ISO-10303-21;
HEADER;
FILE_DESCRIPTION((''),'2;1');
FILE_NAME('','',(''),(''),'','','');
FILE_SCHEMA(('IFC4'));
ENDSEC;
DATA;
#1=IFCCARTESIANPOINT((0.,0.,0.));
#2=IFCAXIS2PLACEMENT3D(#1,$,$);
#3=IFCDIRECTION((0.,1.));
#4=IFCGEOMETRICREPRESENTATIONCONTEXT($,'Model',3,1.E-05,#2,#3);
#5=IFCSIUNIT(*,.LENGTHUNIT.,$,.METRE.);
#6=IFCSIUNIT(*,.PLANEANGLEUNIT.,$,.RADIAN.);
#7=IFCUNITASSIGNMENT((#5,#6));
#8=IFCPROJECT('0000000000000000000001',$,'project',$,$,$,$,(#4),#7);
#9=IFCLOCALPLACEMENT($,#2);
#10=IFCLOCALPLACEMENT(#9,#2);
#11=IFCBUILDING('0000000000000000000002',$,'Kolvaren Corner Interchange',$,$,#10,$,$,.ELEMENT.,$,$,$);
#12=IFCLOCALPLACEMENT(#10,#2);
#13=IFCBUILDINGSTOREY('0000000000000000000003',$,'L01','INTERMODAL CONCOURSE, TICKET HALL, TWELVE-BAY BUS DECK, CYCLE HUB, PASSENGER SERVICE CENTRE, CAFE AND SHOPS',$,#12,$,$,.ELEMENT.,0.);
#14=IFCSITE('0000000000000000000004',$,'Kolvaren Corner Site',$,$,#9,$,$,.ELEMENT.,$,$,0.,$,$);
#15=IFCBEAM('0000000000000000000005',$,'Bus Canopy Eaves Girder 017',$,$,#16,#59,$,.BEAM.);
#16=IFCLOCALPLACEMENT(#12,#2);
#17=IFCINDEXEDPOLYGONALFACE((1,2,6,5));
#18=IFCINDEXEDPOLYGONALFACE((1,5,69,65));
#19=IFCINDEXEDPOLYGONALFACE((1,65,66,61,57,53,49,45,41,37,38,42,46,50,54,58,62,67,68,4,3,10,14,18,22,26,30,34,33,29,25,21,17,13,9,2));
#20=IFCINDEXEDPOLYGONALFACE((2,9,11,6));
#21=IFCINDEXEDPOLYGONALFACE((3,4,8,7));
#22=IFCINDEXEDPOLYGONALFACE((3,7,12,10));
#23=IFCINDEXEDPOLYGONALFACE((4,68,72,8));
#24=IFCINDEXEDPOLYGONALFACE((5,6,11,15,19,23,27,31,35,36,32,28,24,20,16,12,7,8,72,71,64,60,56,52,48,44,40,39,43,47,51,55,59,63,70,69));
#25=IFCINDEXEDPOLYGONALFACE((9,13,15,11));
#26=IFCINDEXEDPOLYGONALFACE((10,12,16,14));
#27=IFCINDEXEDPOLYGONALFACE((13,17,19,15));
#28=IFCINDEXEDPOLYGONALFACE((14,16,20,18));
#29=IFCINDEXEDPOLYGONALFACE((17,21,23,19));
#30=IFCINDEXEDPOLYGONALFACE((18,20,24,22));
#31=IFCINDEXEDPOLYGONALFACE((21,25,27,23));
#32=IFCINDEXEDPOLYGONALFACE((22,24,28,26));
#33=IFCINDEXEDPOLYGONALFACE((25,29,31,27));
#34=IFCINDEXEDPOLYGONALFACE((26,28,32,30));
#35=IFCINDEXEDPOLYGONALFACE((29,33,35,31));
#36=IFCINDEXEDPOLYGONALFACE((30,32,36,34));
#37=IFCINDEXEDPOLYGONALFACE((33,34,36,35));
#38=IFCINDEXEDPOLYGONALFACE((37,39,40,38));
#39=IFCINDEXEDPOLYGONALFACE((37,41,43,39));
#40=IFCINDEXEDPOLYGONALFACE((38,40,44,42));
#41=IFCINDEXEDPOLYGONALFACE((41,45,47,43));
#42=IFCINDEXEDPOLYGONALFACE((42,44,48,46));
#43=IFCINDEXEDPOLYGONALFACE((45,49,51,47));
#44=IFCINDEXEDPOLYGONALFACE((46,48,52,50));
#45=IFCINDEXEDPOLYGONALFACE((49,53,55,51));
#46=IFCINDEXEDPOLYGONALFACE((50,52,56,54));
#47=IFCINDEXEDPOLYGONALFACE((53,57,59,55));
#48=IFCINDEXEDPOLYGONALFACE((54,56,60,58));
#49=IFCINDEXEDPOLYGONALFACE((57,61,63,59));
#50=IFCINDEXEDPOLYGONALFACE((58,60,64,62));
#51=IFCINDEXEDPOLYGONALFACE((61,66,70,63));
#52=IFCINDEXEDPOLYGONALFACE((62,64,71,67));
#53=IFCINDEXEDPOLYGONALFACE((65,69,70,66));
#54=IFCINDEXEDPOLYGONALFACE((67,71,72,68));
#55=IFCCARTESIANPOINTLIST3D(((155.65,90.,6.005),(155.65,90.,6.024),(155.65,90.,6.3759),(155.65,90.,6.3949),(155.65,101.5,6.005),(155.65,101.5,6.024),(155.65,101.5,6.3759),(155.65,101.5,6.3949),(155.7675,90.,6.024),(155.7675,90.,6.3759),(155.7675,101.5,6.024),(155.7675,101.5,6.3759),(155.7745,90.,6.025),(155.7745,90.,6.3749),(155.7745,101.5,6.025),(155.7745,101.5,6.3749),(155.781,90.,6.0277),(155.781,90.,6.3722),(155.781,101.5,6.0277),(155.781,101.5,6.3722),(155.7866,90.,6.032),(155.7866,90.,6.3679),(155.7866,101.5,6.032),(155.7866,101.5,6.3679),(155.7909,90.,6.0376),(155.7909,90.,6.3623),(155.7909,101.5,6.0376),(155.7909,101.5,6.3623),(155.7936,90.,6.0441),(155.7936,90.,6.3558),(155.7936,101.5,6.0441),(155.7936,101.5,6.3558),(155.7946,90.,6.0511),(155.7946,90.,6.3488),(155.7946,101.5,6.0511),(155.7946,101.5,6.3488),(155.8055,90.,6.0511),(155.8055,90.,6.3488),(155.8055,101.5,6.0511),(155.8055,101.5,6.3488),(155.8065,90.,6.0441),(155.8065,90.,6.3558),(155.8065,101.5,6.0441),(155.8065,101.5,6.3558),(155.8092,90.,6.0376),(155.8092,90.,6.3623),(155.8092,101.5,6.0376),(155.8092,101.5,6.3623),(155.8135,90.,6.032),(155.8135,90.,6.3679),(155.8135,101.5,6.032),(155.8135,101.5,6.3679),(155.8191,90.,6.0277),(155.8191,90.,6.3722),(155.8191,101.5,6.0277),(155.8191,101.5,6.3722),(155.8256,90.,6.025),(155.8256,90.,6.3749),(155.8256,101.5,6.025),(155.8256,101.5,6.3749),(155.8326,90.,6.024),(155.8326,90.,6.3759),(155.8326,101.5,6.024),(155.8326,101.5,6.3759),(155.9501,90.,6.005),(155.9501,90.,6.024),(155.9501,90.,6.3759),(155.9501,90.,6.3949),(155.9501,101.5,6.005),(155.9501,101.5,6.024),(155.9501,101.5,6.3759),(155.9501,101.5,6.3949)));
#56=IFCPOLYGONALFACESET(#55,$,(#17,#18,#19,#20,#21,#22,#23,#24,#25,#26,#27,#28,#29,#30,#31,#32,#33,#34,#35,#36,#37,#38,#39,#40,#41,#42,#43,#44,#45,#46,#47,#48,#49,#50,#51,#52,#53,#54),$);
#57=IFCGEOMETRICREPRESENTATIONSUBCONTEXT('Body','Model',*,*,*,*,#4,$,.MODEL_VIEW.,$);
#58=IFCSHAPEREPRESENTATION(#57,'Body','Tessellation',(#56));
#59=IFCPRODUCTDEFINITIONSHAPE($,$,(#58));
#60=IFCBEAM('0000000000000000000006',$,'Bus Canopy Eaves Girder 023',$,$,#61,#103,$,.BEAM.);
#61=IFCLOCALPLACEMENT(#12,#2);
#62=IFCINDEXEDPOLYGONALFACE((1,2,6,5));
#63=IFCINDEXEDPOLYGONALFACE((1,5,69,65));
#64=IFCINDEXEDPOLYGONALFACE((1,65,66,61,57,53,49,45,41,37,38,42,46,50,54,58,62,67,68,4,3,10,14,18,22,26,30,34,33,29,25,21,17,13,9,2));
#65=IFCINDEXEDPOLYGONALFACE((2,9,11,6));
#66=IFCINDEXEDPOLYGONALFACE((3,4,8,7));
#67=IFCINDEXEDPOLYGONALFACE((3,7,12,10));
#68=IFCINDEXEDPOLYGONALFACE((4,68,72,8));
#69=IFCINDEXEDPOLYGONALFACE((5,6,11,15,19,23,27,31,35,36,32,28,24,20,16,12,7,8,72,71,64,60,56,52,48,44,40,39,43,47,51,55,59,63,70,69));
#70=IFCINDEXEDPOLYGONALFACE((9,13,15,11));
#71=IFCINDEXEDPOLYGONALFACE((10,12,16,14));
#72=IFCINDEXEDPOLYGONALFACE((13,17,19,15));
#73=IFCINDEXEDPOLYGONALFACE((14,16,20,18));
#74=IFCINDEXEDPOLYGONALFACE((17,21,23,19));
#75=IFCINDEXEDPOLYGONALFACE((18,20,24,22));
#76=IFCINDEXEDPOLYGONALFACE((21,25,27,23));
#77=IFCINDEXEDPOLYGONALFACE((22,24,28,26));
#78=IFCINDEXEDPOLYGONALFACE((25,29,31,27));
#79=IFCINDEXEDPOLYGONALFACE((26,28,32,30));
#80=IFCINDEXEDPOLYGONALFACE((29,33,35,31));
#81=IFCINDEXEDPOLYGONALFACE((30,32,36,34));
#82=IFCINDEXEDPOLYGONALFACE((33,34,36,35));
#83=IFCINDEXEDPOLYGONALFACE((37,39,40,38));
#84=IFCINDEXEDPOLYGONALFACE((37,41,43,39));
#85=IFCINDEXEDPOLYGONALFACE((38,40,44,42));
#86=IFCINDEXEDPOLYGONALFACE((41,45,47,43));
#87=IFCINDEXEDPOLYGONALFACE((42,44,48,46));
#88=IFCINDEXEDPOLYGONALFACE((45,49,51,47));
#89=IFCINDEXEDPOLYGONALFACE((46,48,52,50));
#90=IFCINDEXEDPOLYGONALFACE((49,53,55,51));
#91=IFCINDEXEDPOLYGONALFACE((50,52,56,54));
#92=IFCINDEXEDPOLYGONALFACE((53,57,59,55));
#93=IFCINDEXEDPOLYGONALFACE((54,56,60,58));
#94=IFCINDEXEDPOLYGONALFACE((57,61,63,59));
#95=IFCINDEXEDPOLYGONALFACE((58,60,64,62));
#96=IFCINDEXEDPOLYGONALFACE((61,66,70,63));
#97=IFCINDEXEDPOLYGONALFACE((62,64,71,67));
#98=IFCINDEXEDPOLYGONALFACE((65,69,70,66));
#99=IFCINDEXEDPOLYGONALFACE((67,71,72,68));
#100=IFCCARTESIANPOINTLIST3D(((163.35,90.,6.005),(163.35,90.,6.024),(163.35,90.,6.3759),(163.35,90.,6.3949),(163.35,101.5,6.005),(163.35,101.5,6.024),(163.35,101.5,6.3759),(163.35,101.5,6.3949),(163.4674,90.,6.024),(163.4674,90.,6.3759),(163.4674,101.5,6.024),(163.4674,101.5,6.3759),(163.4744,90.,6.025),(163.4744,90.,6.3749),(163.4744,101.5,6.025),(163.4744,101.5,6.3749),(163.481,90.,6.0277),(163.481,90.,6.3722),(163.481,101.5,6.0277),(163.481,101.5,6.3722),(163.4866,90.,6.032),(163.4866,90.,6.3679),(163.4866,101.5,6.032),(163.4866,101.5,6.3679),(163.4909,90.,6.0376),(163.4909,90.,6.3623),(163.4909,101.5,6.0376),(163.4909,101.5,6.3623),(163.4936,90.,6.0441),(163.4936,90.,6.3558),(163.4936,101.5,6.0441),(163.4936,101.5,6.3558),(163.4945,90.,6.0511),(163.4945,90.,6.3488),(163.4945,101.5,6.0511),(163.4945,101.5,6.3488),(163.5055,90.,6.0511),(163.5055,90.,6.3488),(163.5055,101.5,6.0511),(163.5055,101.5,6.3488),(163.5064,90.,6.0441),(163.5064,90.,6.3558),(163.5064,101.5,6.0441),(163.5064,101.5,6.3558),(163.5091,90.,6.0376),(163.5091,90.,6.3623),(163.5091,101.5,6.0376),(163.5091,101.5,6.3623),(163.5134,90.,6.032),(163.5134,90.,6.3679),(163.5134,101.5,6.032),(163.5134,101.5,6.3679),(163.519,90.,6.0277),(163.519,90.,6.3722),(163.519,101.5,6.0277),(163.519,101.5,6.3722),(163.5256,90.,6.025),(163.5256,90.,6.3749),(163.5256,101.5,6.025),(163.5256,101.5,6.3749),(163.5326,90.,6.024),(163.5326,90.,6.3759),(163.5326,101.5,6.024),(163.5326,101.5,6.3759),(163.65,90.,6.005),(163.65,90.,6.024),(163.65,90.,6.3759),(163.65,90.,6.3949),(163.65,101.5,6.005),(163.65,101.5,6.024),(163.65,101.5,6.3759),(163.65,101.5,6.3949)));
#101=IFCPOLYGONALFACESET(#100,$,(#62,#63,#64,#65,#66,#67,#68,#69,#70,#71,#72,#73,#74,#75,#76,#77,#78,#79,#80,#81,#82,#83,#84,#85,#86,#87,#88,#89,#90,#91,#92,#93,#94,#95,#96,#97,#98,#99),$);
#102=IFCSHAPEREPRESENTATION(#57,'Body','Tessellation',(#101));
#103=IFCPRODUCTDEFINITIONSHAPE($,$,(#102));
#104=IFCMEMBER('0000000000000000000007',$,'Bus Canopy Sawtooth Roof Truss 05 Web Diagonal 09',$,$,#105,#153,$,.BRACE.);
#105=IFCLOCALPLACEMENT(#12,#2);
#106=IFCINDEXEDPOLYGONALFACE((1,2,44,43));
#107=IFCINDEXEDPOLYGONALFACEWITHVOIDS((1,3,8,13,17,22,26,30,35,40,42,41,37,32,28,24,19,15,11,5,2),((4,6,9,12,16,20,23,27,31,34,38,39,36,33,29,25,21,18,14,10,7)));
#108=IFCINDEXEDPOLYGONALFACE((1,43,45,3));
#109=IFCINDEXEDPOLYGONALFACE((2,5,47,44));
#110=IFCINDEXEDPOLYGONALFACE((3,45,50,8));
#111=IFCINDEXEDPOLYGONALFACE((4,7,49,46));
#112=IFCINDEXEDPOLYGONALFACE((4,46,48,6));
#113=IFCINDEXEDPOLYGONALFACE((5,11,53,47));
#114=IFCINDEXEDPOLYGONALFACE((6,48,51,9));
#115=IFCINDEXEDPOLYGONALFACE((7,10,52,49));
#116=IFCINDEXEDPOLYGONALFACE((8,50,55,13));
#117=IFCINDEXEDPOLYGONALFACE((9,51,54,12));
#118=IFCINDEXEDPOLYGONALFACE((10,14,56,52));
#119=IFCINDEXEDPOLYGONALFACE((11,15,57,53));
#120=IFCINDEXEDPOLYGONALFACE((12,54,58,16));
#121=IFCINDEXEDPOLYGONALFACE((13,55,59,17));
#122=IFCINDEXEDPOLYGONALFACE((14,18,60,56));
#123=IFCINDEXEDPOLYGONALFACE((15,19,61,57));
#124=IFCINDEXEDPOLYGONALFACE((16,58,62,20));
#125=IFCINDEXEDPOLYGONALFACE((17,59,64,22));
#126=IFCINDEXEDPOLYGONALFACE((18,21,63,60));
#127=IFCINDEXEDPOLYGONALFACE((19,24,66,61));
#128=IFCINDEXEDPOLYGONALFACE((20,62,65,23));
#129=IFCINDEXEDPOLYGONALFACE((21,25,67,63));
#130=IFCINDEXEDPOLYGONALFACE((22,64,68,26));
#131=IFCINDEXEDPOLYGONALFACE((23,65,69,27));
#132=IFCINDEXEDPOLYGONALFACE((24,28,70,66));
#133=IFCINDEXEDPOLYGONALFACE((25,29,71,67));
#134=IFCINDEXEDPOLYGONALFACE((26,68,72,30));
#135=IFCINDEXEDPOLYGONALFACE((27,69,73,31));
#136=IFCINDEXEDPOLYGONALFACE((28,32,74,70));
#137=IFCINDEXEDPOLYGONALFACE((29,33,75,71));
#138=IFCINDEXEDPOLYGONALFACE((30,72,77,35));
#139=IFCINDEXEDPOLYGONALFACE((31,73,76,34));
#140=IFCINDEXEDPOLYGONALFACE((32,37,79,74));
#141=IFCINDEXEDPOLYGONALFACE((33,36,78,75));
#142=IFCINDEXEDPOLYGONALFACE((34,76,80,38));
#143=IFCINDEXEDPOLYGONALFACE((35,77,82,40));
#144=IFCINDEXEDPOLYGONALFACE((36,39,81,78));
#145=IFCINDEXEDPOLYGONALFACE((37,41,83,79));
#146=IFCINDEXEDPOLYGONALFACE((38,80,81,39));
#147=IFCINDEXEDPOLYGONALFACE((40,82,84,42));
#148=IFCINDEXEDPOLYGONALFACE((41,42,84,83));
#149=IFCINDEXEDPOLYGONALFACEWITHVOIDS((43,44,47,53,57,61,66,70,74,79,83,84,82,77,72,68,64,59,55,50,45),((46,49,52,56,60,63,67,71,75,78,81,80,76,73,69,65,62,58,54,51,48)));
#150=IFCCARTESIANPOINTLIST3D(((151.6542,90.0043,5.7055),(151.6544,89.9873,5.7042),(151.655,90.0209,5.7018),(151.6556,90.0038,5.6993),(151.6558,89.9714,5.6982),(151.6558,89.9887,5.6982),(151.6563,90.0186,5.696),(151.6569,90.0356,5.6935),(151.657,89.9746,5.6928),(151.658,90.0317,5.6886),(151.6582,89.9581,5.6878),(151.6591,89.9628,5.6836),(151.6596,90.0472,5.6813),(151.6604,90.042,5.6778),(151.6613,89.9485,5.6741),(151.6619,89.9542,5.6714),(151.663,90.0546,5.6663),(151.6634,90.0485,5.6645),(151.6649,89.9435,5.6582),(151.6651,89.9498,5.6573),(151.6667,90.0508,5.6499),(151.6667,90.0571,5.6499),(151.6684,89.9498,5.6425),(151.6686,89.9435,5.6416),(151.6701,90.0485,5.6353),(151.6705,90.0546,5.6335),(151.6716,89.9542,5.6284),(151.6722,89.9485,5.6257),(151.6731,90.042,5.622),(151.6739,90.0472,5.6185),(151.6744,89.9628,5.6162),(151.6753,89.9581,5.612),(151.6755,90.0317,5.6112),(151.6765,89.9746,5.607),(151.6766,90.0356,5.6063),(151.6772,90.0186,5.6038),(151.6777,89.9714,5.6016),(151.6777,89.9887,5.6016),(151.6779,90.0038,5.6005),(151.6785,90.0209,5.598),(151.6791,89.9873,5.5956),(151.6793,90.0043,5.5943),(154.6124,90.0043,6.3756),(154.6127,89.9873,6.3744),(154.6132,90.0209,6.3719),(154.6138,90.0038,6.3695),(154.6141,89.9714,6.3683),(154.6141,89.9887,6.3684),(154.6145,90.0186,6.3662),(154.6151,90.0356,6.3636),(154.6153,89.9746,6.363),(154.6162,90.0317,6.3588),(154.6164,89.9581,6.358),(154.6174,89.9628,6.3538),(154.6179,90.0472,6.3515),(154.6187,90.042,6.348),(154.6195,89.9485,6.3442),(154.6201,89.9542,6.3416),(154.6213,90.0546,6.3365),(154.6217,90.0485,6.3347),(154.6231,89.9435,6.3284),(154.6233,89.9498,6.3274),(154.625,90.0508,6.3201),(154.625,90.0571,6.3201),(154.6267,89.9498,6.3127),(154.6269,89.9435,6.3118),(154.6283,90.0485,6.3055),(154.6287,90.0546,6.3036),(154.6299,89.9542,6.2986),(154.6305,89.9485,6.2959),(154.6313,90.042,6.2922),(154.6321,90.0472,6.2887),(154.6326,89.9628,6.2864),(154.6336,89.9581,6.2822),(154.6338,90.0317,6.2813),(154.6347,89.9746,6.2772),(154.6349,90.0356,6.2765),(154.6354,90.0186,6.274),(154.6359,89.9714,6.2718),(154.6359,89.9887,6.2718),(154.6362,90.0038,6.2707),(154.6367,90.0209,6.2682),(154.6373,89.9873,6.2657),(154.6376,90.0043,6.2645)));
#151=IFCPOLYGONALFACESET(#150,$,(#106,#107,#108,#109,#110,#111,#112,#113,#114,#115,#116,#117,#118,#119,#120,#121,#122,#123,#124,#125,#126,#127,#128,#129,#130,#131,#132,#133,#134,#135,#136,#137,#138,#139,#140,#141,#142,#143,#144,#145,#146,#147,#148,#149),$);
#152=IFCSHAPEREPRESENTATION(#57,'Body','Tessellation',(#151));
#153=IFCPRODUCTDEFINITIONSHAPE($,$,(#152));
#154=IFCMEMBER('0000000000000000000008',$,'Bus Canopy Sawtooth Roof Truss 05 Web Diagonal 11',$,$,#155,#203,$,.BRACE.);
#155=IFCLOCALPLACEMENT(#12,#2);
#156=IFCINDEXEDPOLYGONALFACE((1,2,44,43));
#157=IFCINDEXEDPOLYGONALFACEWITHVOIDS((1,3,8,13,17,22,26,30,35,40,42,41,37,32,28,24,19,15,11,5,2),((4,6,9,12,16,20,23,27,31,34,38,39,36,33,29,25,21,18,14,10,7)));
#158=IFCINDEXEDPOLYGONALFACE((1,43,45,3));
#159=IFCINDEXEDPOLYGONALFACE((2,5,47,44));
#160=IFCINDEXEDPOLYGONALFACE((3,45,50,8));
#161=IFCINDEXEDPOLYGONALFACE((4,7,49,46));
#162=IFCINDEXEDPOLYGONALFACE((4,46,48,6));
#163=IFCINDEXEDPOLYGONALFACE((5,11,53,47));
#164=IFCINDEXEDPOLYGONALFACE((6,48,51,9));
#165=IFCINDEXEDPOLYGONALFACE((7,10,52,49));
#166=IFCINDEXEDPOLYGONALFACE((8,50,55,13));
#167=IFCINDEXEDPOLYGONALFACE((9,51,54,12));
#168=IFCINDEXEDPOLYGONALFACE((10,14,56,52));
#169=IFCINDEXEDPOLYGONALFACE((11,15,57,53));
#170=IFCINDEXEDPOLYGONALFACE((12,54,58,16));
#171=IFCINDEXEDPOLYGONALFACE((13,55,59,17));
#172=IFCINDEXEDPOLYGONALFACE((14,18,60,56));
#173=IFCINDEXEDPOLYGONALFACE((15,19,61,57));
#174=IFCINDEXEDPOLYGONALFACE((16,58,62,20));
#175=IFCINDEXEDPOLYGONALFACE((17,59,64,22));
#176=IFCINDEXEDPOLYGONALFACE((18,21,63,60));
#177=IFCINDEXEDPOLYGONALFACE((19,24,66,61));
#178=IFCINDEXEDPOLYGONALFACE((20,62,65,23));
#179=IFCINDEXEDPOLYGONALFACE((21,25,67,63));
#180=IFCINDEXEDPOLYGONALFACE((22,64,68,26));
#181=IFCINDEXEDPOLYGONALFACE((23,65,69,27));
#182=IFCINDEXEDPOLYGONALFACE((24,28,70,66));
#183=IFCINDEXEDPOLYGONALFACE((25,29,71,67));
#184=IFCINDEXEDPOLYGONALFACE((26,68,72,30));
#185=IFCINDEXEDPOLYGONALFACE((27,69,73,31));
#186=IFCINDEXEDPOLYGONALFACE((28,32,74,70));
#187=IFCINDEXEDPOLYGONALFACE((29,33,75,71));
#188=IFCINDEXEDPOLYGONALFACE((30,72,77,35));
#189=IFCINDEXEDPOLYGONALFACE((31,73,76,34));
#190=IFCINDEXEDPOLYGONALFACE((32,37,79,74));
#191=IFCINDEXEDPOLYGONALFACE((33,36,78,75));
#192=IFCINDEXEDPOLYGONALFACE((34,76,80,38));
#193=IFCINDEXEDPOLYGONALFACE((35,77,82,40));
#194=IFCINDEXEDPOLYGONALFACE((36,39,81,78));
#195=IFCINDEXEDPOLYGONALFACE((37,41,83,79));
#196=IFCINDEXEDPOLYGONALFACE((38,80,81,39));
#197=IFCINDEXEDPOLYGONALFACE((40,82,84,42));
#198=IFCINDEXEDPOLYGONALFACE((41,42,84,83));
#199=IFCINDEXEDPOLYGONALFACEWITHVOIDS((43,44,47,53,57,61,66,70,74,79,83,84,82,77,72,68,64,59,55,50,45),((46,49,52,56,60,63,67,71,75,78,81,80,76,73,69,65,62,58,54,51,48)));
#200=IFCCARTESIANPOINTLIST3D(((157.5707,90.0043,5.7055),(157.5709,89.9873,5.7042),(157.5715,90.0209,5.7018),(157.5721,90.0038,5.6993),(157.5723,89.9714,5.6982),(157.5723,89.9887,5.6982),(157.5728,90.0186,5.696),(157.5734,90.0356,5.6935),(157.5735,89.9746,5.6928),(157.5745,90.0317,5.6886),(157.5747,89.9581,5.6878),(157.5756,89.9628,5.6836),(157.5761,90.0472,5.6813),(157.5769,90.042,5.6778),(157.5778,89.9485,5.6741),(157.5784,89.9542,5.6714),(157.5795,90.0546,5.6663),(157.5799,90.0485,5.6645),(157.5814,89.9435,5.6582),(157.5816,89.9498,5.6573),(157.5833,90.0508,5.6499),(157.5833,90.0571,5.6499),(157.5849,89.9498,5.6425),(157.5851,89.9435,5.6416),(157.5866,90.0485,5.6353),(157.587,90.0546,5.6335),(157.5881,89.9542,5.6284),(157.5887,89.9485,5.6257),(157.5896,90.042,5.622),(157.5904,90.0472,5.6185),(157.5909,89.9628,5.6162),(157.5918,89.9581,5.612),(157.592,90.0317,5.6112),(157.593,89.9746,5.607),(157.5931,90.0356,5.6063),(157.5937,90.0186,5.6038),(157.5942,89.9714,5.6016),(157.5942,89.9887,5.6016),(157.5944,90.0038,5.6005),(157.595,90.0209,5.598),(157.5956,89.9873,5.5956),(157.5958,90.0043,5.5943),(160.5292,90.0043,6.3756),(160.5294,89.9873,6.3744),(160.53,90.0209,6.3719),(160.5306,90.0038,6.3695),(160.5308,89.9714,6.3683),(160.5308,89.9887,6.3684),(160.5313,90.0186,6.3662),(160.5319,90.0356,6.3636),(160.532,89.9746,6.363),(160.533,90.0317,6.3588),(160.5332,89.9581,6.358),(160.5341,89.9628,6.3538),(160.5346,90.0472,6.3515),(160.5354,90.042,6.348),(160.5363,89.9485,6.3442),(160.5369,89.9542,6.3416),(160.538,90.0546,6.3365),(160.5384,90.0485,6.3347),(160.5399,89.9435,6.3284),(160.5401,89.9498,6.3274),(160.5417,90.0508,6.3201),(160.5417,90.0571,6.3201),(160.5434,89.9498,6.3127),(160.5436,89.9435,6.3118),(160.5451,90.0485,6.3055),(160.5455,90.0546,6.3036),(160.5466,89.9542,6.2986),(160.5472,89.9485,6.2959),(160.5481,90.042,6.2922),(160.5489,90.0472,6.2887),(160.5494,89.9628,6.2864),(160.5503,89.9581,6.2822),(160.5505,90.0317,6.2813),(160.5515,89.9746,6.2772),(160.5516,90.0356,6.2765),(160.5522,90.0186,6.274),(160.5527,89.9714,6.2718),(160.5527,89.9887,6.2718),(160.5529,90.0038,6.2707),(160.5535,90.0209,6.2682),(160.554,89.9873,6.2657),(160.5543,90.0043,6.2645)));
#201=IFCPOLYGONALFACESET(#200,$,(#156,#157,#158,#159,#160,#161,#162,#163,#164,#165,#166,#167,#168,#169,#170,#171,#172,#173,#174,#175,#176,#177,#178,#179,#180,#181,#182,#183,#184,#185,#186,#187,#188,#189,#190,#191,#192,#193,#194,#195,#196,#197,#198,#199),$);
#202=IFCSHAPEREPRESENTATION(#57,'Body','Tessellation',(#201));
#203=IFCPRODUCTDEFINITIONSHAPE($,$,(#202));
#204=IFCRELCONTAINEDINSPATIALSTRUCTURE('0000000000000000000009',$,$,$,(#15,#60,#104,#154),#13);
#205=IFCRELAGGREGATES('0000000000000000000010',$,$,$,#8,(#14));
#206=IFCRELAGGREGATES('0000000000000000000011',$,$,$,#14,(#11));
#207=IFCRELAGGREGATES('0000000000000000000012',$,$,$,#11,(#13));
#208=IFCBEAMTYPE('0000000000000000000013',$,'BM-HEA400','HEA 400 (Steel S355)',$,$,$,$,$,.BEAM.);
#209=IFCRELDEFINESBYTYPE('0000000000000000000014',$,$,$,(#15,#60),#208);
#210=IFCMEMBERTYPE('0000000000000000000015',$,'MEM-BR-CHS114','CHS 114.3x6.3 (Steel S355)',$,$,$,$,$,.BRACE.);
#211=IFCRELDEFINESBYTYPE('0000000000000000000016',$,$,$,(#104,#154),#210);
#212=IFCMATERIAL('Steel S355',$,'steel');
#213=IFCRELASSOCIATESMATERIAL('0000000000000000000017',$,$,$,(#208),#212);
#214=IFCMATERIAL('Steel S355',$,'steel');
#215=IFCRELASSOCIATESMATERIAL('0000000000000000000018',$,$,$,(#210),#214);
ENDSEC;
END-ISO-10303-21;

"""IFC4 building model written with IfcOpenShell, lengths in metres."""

from ifc_helpers import new_model, si_unit, direction, frame, origin, origin_2d, place, context, subcontext, project, spatial, hollow_circle, i_section, extrude, material, material_profile, profile_set, type_object, element, save


model = new_model("IFC4")

# Units and contexts
model_context = context("Model", 3, precision=1e-05, world=origin(), true_north=direction((0.0, 1.0)))
body_context = subcontext(model_context, "Body", "Model", "MODEL_VIEW")
ifc_project = project(units=[si_unit("LENGTHUNIT", "METRE"), si_unit("PLANEANGLEUNIT", "RADIAN")], contexts=[model_context])

# Site, building, storey
site_placement = place(None, origin())
site = spatial("IfcSite", under=ifc_project, at=site_placement, Name="Kolvaren Corner Site", CompositionType="ELEMENT", RefElevation=0.0)
building_placement = place(site_placement, origin())
building = spatial("IfcBuilding", under=site, at=building_placement, Name="Kolvaren Corner Interchange", CompositionType="ELEMENT")
storey_placement = place(building_placement, origin())
storey = spatial("IfcBuildingStorey", under=building, at=storey_placement, Name="L01", Description="INTERMODAL CONCOURSE, TICKET HALL, TWELVE-BAY BUS DECK, CYCLE HUB, PASSENGER SERVICE CENTRE, CAFE AND SHOPS", CompositionType="ELEMENT", Elevation=0.0)

# Beams
ifc_material_1 = material(Name="Steel S355", Category="steel")
ifc_material_profile_1 = material_profile(ifc_material_1, i_section(OverallWidth=0.3, OverallDepth=0.3899, WebThickness=0.011, FlangeThickness=0.019, FilletRadius=0.0271, at=origin_2d()), Name="HEA 400")
ifc_profile_set_1 = profile_set([ifc_material_profile_1], Name="Steel S355")
beam_type = type_object("IfcBeamType", Name="BM-HEA400", Description="HEA 400 (Steel S355)", PredefinedType="BEAM", material=ifc_profile_set_1)
for number, where, z_axis, x_axis, name in (
    (1, (155.8, 90.0, 6.2), (0.0, 1.0, 0.0), (-1.0, 0.0, 0.0), "Bus Canopy Eaves Girder 017"),
    (2, (163.5, 90.0, 6.2), (0.0, 1.0, 0.0), (-1.0, 0.0, 0.0), "Bus Canopy Eaves Girder 023"),
):
    element("IfcBeam", number, at=place(storey_placement, frame(where, z_axis=z_axis, x_axis=x_axis)), inside=storey, type_object=beam_type, Name=name, PredefinedType="BEAM", context=body_context, shape_type="SweptSolid", body=[
        extrude(i_section(OverallWidth=0.3, OverallDepth=0.3899, WebThickness=0.011, FlangeThickness=0.019, FilletRadius=0.0271, at=origin_2d()), origin(), (0.0, 0.0, 1.0), 11.5),
    ])

# Members
ifc_material_2 = material(Name="Steel S355", Category="steel")
ifc_material_profile_2 = material_profile(ifc_material_2, hollow_circle(Radius=0.0571, WallThickness=0.0063, at=origin_2d()), Name="CHS 114.3x6.3")
ifc_profile_set_2 = profile_set([ifc_material_profile_2], Name="Steel S355")
member_type_1 = type_object("IfcMemberType", Name="MEM-BR-CHS114", Description="CHS 114.3x6.3 (Steel S355)", PredefinedType="BRACE", material=ifc_profile_set_2)
member_1_placement = place(storey_placement, frame((151.6667, 90.0, 5.6499), z_axis=(0.975287, 0.0, 0.220943), x_axis=(0.0, 1.0, 0.0)))
element("IfcMember", 3, at=member_1_placement, inside=storey, type_object=member_type_1, Name="Bus Canopy Sawtooth Roof Truss 05 Web Diagonal 09", PredefinedType="BRACE", context=body_context, shape_type="SweptSolid", body=[
    extrude(hollow_circle(Radius=0.0571, WallThickness=0.0063, at=origin_2d()), origin(), (0.0, 0.0, 1.0), 3.0332),
])
member_2_placement = place(storey_placement, frame((157.5833, 90.0, 5.6499), z_axis=(0.975291, 0.0, 0.220925), x_axis=(0.0, 1.0, 0.0)))
element("IfcMember", 4, at=member_2_placement, inside=storey, type_object=member_type_1, Name="Bus Canopy Sawtooth Roof Truss 05 Web Diagonal 11", PredefinedType="BRACE", context=body_context, shape_type="SweptSolid", body=[
    extrude(hollow_circle(Radius=0.0571, WallThickness=0.0063, at=origin_2d()), origin(), (0.0, 0.0, 1.0), 3.0334),
])

save(model, "model.ifc")
